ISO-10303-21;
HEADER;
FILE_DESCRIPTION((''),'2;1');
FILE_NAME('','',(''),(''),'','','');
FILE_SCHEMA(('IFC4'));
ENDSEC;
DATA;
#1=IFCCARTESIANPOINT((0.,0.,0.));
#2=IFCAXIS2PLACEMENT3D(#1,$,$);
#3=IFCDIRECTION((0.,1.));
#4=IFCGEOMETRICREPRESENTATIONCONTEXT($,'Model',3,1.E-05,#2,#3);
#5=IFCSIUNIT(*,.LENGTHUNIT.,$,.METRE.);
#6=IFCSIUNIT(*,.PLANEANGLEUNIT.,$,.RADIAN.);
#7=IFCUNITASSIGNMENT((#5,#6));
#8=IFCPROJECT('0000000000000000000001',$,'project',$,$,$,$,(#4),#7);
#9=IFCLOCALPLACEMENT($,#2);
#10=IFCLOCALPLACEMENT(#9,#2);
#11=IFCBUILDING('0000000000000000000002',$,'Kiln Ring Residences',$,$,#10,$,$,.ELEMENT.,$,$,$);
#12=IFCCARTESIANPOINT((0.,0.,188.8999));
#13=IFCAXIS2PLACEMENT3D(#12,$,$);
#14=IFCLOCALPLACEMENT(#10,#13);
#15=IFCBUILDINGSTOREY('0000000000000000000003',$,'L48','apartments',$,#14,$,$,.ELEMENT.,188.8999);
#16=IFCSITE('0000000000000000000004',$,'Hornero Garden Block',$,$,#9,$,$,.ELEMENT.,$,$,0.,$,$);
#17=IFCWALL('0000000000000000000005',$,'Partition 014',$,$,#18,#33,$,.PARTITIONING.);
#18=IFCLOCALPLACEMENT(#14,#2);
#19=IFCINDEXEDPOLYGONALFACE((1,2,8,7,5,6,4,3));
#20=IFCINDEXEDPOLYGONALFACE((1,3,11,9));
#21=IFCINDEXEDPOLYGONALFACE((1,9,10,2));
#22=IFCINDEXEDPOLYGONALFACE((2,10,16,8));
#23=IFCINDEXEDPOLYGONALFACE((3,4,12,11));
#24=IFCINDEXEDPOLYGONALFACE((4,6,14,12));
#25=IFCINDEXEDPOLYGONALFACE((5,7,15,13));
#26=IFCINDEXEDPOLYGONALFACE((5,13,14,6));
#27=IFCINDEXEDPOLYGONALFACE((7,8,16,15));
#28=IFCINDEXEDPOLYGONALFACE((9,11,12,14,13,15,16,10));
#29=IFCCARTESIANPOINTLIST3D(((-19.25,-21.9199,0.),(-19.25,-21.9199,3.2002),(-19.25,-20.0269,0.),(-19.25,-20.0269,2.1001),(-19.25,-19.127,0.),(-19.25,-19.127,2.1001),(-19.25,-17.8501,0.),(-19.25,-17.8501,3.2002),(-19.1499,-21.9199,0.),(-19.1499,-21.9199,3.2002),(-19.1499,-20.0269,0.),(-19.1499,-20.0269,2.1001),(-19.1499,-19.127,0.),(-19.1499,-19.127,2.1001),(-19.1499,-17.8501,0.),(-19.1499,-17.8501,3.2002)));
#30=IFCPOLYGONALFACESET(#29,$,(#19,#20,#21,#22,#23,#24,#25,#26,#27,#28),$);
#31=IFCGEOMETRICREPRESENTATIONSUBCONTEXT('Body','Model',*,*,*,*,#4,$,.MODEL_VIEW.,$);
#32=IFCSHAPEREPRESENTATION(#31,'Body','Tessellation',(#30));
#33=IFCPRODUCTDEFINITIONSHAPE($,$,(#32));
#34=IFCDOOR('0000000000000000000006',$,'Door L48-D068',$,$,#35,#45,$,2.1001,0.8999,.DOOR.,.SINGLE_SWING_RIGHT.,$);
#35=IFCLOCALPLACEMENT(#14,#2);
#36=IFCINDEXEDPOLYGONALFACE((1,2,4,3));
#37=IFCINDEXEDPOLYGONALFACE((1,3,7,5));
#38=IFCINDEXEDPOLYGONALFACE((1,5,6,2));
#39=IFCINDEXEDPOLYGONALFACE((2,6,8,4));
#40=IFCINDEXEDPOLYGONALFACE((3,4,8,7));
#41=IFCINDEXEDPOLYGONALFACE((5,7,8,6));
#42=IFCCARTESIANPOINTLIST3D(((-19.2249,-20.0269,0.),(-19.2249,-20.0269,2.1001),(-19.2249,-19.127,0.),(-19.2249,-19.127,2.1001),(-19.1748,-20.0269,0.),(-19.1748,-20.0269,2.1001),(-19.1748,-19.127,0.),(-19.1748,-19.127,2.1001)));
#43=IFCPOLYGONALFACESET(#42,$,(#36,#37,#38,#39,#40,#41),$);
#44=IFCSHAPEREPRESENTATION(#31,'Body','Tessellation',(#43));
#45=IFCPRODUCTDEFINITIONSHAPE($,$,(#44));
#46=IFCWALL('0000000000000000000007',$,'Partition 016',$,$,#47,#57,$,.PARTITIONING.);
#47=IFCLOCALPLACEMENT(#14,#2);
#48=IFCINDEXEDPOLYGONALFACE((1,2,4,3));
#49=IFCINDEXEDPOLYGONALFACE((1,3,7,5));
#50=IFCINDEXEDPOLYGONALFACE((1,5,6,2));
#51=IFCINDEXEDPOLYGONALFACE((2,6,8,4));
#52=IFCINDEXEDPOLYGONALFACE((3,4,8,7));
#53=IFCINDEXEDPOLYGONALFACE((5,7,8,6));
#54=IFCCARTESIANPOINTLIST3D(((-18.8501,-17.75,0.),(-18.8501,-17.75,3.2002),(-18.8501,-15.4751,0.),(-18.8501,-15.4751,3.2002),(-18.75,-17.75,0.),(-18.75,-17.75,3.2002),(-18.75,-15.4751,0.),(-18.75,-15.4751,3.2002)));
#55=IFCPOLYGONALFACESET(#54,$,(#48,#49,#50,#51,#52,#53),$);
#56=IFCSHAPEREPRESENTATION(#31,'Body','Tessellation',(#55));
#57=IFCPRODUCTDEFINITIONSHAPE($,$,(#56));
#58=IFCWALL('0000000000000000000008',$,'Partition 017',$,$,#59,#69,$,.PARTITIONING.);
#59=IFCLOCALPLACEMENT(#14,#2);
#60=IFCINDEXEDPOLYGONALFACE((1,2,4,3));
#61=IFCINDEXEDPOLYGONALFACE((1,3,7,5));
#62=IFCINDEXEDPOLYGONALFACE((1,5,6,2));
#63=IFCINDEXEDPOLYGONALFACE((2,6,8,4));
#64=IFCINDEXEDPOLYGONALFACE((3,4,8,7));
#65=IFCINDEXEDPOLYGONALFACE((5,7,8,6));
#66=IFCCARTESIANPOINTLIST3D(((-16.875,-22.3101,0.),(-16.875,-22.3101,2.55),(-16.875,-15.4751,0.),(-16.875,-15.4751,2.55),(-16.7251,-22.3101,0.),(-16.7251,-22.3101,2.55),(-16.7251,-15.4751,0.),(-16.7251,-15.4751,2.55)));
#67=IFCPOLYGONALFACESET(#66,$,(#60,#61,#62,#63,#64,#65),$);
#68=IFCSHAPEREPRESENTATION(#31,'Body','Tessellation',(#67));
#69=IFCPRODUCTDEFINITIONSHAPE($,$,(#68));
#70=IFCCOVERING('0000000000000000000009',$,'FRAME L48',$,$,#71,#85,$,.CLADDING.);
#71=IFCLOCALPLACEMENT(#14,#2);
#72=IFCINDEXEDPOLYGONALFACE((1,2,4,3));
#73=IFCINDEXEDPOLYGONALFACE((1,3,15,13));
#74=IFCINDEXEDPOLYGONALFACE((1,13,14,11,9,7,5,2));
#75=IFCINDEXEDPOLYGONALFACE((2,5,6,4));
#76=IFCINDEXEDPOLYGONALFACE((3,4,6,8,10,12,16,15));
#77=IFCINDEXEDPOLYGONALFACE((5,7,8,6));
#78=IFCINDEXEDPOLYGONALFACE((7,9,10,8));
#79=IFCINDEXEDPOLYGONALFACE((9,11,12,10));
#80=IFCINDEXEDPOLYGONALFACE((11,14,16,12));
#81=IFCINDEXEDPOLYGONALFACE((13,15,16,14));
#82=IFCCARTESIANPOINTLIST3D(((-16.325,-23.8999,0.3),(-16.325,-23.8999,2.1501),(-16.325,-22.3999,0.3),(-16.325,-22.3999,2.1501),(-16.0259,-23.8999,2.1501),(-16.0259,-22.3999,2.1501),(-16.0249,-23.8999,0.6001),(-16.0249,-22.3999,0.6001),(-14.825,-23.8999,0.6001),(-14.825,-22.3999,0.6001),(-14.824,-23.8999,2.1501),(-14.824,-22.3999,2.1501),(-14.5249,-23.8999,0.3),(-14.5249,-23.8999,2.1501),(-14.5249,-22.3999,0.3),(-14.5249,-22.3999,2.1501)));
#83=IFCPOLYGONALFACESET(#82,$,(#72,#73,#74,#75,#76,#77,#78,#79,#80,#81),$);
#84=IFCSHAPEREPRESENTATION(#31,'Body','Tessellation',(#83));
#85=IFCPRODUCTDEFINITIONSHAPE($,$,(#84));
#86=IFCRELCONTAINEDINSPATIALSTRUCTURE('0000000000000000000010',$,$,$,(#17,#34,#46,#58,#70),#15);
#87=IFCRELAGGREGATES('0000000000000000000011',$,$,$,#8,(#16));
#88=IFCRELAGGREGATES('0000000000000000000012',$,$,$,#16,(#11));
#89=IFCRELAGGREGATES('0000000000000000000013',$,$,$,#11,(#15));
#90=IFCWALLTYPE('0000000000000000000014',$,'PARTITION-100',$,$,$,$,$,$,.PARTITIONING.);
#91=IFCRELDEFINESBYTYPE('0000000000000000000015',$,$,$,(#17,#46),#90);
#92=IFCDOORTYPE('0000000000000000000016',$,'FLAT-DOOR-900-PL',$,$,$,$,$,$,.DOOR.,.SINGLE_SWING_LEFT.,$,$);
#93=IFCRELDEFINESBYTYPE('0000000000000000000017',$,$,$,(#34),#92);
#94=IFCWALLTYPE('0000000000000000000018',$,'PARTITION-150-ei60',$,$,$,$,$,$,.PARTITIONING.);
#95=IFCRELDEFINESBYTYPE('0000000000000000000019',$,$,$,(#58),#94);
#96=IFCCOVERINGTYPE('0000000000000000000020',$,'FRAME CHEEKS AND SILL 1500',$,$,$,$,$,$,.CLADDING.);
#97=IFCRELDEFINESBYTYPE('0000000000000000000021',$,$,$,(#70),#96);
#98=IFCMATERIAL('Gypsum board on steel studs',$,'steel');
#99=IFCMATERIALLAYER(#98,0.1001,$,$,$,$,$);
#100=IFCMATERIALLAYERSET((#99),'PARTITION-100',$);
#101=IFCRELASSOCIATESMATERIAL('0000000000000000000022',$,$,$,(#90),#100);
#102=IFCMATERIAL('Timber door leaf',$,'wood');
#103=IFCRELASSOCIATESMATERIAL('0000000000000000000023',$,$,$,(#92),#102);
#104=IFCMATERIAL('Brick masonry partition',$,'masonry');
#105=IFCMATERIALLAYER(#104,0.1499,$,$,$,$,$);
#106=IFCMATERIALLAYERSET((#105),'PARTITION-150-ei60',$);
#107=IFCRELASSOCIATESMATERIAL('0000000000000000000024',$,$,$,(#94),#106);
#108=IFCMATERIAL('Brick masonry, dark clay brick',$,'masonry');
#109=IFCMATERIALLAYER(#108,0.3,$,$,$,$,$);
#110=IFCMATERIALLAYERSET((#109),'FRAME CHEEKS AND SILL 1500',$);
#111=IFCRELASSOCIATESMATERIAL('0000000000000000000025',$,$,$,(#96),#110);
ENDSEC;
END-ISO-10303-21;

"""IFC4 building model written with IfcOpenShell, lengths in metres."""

from ifc_helpers import new_model, si_unit, direction, frame, frame_2d, origin, place, context, subcontext, project, spatial, polyline, rectangle, outline, extrude, material, layer, layer_set, type_object, element, fill, save


model = new_model("IFC4")

# Units and contexts
model_context = context("Model", 3, precision=1e-05, world=origin(), true_north=direction((0.0, 1.0)))
body_context = subcontext(model_context, "Body", "Model", "MODEL_VIEW")
ifc_project = project(units=[si_unit("LENGTHUNIT", "METRE"), si_unit("PLANEANGLEUNIT", "RADIAN")], contexts=[model_context])

# Site, building, storey
site_placement = place(None, origin())
site = spatial("IfcSite", under=ifc_project, at=site_placement, Name="Hornero Garden Block", CompositionType="ELEMENT", RefElevation=0.0)
building_placement = place(site_placement, origin())
building = spatial("IfcBuilding", under=site, at=building_placement, Name="Kiln Ring Residences", CompositionType="ELEMENT")
storey_placement = place(building_placement, frame((0.0, 0.0, 188.8999)))
storey = spatial("IfcBuildingStorey", under=building, at=storey_placement, Name="L48", Description="apartments", CompositionType="ELEMENT", Elevation=188.8999)

# Shared definitions
ifc_material_1 = material(Name="Gypsum board on steel studs", Category="steel")
ifc_layer_1 = layer(ifc_material_1, 0.1001)
ifc_layer_set_1 = layer_set([ifc_layer_1], Name="PARTITION-100")
wall_type_1 = type_object("IfcWallType", Name="PARTITION-100", PredefinedType="PARTITIONING", material=ifc_layer_set_1)
ifc_material_2 = material(Name="Timber door leaf", Category="wood")
door_type_1 = type_object("IfcDoorType", Name="FLAT-DOOR-900-PL", OperationType="SINGLE_SWING_LEFT", PredefinedType="DOOR", material=ifc_material_2)

# Wall, opening, door
wall_1_placement = place(storey_placement, frame((-19.2, -21.9199, 0.0), z_axis=(0.0, 0.0, 1.0), x_axis=(0.0, 1.0, 0.0)))
wall_1 = element("IfcWall", 1, at=wall_1_placement, inside=storey, type_object=wall_type_1, Name="Partition 014", PredefinedType="PARTITIONING", context=body_context, shape_type="SweptSolid", body=[
    extrude(rectangle(XDim=4.0698, YDim=0.1001, at=frame_2d((2.0349, 0.0))), origin(), (0.0, 0.0, 1.0), 3.2002),
])
opening_1_placement = place(wall_1_placement, frame((1.8931, 0.0, 0.0)))
opening_1 = element("IfcOpeningElement", 2, at=opening_1_placement, cuts=wall_1, PredefinedType="OPENING", context=body_context, shape_type="SweptSolid", body=[
    extrude(rectangle(XDim=0.8999, YDim=2.1001, at=frame_2d((0.45, 1.05))), frame((0.0, 0.0601, 0.0), z_axis=(0.0, -1.0, 0.0), x_axis=(1.0, 0.0, 0.0)), (0.0, 0.0, 1.0), 0.1201),
])
door_1_placement = place(opening_1_placement, origin())
door_1 = element("IfcDoor", 3, at=door_1_placement, inside=storey, type_object=door_type_1, Name="Door L48-D068", OperationType="SINGLE_SWING_RIGHT", OverallHeight=2.1001, OverallWidth=0.8999, PredefinedType="DOOR", context=body_context, shape_type="SweptSolid", body=[
    extrude(rectangle(XDim=0.8999, YDim=2.1001, at=frame_2d((0.45, 1.05))), frame((0.0, 0.0249, 0.0), z_axis=(0.0, -1.0, 0.0), x_axis=(1.0, 0.0, 0.0)), (0.0, 0.0, 1.0), 0.05),
])
fill(opening_1, door_1)

# Walls
wall_2_placement = place(storey_placement, frame((-18.8, -17.75, 0.0), z_axis=(0.0, 0.0, 1.0), x_axis=(0.0, 1.0, 0.0)))
element("IfcWall", 4, at=wall_2_placement, inside=storey, type_object=wall_type_1, Name="Partition 016", PredefinedType="PARTITIONING", context=body_context, shape_type="SweptSolid", body=[
    extrude(rectangle(XDim=2.2749, YDim=0.1001, at=frame_2d((1.1375, 0.0))), origin(), (0.0, 0.0, 1.0), 3.2002),
])
ifc_material_3 = material(Name="Brick masonry partition", Category="masonry")
ifc_layer_2 = layer(ifc_material_3, 0.1499)
ifc_layer_set_2 = layer_set([ifc_layer_2], Name="PARTITION-150-ei60")
wall_type_2 = type_object("IfcWallType", Name="PARTITION-150-ei60", PredefinedType="PARTITIONING", material=ifc_layer_set_2)
wall_3_placement = place(storey_placement, frame((-16.8, -22.3101, 0.0), z_axis=(0.0, 0.0, 1.0), x_axis=(0.0, 1.0, 0.0)))
element("IfcWall", 5, at=wall_3_placement, inside=storey, type_object=wall_type_2, Name="Partition 017", PredefinedType="PARTITIONING", context=body_context, shape_type="SweptSolid", body=[
    extrude(rectangle(XDim=6.835, YDim=0.1499, at=frame_2d((3.4175, 0.0))), origin(), (0.0, 0.0, 1.0), 2.55),
])

# Covering
ifc_material_4 = material(Name="Brick masonry, dark clay brick", Category="masonry")
ifc_layer_3 = layer(ifc_material_4, 0.3)
ifc_layer_set_3 = layer_set([ifc_layer_3], Name="FRAME CHEEKS AND SILL 1500")
covering_type = type_object("IfcCoveringType", Name="FRAME CHEEKS AND SILL 1500", PredefinedType="CLADDING", material=ifc_layer_set_3)
covering_placement = place(storey_placement, frame((-16.325, -23.1499, 0.3), z_axis=(0.0, 0.0, 1.0), x_axis=(1.0, 0.0, 0.0)))
element("IfcCovering", 6, at=covering_placement, inside=storey, type_object=covering_type, Name="FRAME L48", PredefinedType="CLADDING", context=body_context, shape_type="SweptSolid", body=[
    extrude(outline(polyline([(0.0, 0.0), (1.8, 0.0), (1.8, 1.8501), (1.501, 1.8501), (1.5, 0.3), (0.3, 0.3), (0.2991, 1.8501), (0.0, 1.8501), (0.0, 0.0)])), frame((0.0, 0.75, 0.0), z_axis=(0.0, -1.0, 0.0), x_axis=(1.0, 0.0, 0.0)), (0.0, 0.0, 1.0), 1.5),
])

save(model, "model.ifc")
